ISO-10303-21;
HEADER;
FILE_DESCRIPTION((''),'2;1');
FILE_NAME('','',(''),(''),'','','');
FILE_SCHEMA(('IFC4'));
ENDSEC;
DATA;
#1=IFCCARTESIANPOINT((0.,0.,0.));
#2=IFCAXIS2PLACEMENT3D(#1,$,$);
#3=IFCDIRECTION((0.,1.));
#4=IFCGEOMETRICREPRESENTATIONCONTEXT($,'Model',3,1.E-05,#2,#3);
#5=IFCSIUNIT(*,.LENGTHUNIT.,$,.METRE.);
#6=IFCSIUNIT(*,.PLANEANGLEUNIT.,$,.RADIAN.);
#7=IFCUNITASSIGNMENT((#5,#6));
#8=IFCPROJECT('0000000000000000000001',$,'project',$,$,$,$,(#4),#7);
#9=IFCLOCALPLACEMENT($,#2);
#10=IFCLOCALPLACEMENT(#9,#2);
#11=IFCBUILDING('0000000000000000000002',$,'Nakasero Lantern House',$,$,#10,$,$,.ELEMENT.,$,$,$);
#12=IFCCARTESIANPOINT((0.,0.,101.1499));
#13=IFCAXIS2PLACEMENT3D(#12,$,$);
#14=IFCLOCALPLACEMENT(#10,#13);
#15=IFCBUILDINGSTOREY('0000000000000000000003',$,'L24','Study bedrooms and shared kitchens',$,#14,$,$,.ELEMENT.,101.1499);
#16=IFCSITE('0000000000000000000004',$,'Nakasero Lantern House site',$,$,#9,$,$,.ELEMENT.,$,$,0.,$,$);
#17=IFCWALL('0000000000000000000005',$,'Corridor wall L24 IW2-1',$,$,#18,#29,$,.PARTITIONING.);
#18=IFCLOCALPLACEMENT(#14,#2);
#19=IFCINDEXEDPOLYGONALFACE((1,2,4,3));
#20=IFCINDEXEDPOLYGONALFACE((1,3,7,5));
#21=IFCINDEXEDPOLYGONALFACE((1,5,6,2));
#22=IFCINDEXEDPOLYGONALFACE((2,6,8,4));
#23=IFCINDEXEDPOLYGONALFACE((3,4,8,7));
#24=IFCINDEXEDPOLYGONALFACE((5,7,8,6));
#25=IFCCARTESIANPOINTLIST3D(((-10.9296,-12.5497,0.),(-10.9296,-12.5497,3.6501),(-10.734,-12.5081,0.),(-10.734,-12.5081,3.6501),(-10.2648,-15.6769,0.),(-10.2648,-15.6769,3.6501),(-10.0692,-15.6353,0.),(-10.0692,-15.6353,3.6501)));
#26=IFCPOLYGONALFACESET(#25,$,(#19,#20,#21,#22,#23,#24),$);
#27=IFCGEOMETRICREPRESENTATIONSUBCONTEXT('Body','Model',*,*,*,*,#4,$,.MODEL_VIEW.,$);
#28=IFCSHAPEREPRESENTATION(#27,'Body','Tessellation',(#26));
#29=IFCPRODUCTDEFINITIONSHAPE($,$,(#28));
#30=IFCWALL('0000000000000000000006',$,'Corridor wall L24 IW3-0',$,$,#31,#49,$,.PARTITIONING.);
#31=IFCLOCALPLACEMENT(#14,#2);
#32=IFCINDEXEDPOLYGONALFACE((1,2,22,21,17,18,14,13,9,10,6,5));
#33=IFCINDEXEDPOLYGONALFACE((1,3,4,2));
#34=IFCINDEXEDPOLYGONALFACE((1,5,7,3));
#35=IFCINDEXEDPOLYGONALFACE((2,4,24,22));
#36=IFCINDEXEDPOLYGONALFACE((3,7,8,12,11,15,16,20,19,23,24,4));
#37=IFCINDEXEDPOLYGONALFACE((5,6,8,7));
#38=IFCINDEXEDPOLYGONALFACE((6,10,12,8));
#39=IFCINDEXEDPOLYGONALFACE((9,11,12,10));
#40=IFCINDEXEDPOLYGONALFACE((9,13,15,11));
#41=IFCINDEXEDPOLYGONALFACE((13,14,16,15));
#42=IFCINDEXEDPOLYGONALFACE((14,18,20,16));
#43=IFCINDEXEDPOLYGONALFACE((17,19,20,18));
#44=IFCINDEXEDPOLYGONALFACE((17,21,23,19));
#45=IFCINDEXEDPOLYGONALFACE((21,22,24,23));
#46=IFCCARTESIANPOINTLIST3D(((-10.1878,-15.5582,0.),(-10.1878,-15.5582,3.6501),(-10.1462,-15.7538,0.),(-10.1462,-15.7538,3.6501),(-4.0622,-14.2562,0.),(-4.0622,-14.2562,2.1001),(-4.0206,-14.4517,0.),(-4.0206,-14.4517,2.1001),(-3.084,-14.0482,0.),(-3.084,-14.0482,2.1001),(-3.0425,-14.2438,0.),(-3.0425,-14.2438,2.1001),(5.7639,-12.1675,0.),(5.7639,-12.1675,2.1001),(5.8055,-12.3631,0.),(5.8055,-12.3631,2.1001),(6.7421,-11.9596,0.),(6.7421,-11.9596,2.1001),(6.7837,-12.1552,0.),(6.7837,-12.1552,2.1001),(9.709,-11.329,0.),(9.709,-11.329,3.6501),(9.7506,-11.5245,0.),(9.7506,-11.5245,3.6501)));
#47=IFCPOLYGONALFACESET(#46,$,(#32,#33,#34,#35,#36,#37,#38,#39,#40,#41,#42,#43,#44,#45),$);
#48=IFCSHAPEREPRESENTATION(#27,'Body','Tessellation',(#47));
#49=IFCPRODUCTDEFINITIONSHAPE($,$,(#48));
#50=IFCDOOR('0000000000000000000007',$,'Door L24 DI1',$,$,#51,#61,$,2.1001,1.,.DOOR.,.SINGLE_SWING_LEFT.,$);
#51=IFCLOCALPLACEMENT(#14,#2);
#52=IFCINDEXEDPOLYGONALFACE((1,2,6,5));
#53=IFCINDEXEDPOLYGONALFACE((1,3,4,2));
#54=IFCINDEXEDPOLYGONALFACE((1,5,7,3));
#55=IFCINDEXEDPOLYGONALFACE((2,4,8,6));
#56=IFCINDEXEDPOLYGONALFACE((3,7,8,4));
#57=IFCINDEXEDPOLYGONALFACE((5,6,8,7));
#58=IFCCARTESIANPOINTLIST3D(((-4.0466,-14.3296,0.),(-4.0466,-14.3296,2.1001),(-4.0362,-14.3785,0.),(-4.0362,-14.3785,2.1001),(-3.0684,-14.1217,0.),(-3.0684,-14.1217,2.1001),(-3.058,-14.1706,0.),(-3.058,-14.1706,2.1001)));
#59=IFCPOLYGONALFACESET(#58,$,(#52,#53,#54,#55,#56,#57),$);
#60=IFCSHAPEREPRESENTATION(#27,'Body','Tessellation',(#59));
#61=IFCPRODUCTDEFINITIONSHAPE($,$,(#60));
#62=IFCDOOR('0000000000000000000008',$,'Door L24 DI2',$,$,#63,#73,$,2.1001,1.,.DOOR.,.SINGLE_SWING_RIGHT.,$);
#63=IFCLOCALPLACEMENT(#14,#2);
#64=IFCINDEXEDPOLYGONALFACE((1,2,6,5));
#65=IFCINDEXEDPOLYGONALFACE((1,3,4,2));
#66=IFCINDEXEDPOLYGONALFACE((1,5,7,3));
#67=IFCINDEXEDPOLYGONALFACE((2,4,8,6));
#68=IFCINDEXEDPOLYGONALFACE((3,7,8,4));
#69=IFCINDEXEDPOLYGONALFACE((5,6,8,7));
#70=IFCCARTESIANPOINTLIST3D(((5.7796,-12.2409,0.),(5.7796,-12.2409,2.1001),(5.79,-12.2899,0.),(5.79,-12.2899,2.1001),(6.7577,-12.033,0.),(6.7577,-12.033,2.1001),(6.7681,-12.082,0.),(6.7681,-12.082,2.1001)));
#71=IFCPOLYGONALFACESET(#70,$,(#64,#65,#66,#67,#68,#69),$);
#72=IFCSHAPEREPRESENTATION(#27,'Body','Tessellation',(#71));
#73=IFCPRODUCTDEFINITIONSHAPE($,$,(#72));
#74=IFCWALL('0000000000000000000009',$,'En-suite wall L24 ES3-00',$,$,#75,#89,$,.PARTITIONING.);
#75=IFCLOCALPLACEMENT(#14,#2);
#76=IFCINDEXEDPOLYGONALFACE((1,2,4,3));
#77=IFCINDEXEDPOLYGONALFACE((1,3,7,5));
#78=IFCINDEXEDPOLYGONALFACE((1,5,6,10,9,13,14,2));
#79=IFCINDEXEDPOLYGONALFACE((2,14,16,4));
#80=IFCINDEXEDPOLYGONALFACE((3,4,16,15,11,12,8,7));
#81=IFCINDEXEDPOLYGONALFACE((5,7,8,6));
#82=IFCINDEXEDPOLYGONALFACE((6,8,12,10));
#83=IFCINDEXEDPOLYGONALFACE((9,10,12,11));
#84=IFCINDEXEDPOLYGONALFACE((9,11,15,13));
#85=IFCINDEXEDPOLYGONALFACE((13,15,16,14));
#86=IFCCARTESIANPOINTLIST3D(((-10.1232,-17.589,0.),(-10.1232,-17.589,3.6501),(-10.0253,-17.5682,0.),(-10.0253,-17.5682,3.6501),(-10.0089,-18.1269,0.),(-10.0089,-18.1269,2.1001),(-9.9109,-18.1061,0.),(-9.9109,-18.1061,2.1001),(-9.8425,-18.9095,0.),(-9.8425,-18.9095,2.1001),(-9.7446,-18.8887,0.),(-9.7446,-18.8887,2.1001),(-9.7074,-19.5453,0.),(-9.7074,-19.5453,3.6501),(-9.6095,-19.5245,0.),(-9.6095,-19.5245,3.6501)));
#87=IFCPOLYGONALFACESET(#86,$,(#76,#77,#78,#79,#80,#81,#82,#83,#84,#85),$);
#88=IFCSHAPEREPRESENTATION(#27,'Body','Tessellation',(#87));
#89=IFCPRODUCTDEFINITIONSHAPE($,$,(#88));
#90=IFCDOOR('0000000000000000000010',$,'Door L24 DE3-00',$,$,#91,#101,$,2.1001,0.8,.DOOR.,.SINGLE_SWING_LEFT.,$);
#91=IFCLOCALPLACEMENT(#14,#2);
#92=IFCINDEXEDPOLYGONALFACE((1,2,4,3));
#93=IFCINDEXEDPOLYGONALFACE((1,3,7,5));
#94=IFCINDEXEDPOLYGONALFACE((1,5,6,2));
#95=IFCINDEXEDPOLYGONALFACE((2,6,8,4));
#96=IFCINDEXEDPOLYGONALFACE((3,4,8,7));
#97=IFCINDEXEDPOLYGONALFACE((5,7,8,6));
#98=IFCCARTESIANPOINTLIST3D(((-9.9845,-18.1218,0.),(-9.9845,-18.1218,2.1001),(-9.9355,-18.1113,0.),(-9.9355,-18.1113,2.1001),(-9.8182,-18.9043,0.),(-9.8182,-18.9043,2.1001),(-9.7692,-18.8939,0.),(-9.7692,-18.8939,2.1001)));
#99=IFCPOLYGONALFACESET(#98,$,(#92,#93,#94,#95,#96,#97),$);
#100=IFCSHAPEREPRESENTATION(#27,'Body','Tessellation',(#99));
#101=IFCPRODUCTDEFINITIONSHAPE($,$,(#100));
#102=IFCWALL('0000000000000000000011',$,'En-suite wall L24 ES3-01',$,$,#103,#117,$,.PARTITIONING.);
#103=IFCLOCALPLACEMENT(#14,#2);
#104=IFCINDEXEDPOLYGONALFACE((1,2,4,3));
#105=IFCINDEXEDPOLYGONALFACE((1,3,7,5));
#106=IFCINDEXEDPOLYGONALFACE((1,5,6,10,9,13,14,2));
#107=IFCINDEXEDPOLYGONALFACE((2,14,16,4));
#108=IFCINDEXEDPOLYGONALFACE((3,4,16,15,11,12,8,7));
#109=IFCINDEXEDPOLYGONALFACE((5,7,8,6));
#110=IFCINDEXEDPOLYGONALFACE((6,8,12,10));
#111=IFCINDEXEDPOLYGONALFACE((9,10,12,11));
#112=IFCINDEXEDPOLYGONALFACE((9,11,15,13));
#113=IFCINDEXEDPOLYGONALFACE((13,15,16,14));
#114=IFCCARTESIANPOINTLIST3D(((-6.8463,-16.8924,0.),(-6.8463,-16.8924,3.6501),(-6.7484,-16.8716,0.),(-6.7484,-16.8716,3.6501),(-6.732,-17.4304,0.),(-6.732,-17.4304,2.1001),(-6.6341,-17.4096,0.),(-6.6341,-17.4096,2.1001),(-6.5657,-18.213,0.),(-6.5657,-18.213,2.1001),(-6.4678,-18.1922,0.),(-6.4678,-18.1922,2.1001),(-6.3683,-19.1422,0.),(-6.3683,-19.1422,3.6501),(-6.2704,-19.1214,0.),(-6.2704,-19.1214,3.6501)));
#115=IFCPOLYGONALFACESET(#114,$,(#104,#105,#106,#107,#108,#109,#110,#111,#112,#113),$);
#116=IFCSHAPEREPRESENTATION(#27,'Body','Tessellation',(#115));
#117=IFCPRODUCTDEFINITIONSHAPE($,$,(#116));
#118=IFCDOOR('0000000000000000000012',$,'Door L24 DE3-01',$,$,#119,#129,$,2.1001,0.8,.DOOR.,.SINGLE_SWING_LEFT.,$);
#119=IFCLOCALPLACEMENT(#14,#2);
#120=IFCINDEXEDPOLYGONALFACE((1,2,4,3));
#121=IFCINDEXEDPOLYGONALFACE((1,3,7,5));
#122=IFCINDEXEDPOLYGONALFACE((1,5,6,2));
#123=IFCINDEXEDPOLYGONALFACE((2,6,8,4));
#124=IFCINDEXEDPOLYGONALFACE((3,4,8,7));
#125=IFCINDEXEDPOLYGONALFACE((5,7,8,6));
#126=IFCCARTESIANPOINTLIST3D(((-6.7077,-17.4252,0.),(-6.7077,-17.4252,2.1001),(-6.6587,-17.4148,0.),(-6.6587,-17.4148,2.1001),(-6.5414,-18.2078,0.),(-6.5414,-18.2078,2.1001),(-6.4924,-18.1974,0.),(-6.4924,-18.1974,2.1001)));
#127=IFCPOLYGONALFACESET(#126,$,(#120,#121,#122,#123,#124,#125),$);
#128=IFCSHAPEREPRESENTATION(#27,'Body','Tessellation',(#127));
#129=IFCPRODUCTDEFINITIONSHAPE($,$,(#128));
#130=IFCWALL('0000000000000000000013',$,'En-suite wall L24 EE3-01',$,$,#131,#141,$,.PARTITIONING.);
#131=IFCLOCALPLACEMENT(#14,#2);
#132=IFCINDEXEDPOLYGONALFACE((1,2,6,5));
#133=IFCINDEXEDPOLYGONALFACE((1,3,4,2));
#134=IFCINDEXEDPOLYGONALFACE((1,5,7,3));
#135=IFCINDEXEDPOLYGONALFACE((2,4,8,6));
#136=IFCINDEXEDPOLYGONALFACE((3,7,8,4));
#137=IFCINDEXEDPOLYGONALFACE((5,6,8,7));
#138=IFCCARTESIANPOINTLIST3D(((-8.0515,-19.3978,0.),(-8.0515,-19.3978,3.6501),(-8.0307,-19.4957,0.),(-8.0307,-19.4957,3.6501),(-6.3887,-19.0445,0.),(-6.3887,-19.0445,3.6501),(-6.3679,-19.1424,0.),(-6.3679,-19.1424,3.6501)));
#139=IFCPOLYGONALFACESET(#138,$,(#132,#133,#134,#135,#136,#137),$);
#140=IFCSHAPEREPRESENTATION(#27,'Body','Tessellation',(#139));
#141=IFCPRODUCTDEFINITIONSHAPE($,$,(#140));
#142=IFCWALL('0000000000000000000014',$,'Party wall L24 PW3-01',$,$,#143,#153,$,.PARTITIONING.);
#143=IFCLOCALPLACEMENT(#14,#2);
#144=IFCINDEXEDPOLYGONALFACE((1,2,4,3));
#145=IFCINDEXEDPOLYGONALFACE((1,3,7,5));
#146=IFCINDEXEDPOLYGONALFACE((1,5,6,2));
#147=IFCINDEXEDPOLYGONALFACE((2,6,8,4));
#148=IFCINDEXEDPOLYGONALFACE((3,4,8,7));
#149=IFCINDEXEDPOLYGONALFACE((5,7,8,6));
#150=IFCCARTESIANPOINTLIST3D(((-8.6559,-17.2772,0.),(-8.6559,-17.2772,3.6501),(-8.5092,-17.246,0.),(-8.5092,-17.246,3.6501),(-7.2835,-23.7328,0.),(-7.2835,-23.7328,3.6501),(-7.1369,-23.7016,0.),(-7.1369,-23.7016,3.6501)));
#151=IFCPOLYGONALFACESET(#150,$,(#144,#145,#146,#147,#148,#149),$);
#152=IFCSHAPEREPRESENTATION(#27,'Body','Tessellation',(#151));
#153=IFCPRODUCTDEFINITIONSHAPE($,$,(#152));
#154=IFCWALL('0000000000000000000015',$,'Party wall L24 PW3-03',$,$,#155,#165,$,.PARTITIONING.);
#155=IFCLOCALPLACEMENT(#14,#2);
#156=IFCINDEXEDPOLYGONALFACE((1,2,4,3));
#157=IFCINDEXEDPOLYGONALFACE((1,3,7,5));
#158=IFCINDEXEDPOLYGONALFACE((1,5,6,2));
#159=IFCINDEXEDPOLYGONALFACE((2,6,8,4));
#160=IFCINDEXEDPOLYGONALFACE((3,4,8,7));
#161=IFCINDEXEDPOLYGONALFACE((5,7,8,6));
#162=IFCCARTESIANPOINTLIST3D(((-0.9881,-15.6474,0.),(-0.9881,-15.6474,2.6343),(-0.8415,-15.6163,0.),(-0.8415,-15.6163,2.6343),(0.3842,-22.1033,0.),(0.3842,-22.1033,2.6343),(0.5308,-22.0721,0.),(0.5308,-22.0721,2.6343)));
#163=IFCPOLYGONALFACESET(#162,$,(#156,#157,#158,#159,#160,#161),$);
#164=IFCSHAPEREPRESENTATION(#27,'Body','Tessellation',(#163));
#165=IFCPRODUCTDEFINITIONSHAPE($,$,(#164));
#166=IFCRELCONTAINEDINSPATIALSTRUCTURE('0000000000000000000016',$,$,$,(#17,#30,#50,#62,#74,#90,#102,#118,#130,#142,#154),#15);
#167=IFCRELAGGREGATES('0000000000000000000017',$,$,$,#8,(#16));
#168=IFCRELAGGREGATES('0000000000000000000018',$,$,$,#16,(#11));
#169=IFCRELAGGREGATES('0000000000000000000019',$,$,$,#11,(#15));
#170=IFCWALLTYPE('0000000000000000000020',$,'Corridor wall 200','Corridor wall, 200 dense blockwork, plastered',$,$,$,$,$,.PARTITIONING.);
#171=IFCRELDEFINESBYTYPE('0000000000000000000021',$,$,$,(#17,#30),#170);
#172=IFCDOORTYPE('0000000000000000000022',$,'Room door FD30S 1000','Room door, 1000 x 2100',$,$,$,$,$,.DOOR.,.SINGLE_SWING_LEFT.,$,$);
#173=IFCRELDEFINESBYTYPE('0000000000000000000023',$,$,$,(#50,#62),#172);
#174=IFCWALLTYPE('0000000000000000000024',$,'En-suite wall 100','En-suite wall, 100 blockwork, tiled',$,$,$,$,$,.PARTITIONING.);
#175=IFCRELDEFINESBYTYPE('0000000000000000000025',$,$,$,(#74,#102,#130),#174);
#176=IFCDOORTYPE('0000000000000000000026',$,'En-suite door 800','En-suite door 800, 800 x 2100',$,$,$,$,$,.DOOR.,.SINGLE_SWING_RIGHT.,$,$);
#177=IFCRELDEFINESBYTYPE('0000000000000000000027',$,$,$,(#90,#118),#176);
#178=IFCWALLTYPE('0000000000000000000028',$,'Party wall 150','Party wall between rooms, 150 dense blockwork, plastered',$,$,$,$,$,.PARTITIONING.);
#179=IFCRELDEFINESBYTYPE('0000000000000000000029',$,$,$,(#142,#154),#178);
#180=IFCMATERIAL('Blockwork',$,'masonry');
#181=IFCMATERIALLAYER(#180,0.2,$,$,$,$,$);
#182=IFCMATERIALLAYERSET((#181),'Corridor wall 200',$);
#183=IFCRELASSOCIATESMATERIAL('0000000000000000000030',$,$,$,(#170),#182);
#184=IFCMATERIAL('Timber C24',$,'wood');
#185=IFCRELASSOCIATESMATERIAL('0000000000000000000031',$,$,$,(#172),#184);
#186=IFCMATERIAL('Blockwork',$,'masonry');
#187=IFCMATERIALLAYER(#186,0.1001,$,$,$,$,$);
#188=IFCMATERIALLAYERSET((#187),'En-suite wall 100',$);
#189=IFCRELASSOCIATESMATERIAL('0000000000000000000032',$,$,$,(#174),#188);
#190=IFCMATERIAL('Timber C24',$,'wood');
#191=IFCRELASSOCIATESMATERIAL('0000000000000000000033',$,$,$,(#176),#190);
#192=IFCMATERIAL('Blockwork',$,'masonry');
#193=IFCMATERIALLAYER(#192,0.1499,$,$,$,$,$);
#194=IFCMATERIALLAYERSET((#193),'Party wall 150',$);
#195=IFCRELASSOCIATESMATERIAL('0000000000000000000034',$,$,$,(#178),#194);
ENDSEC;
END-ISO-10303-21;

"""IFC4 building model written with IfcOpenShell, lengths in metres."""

from ifc_helpers import new_model, si_unit, direction, frame, frame_2d, origin, place, context, subcontext, project, spatial, rectangle, extrude, material, layer, layer_set, type_object, element, fill, save


model = new_model("IFC4")

# Units and contexts
model_context = context("Model", 3, precision=1e-05, world=origin(), true_north=direction((0.0, 1.0)))
body_context = subcontext(model_context, "Body", "Model", "MODEL_VIEW")
ifc_project = project(units=[si_unit("LENGTHUNIT", "METRE"), si_unit("PLANEANGLEUNIT", "RADIAN")], contexts=[model_context])

# Site, building, storey
site_placement = place(None, origin())
site = spatial("IfcSite", under=ifc_project, at=site_placement, Name="Nakasero Lantern House site", CompositionType="ELEMENT", RefElevation=0.0)
building_placement = place(site_placement, origin())
building = spatial("IfcBuilding", under=site, at=building_placement, Name="Nakasero Lantern House", CompositionType="ELEMENT")
storey_placement = place(building_placement, frame((0.0, 0.0, 101.1499)))
storey = spatial("IfcBuildingStorey", under=building, at=storey_placement, Name="L24", Description="Study bedrooms and shared kitchens", CompositionType="ELEMENT", Elevation=101.1499)

# Wall
ifc_material_1 = material(Name="Blockwork", Category="masonry")
ifc_layer_1 = layer(ifc_material_1, 0.2)
ifc_layer_set_1 = layer_set([ifc_layer_1], Name="Corridor wall 200")
wall_type_1 = type_object("IfcWallType", Name="Corridor wall 200", Description="Corridor wall, 200 dense blockwork, plastered", PredefinedType="PARTITIONING", material=ifc_layer_set_1)
wall_1_placement = place(storey_placement, frame((-10.8318, -12.5288, 0.0), z_axis=(0.0, 0.0, 1.0), x_axis=(0.207938, -0.978142, 0.0)))
element("IfcWall", 1, at=wall_1_placement, inside=storey, type_object=wall_type_1, Name="Corridor wall L24 IW2-1", PredefinedType="PARTITIONING", context=body_context, shape_type="SweptSolid", body=[
    extrude(rectangle(XDim=3.197, YDim=0.2, at=frame_2d((1.5986, 0.0))), origin(), (0.0, 0.0, 1.0), 3.6501),
])

# Wall, openings, doors
wall_2_placement = place(storey_placement, frame((-10.167, -15.656, 0.0), z_axis=(0.0, 0.0, 1.0), x_axis=(0.978147, 0.207915, 0.0)))
wall_2 = element("IfcWall", 2, at=wall_2_placement, inside=storey, type_object=wall_type_1, Name="Corridor wall L24 IW3-0", PredefinedType="PARTITIONING", context=body_context, shape_type="SweptSolid", body=[
    extrude(rectangle(XDim=20.3413, YDim=0.2, at=frame_2d((10.1707, 0.0))), origin(), (0.0, 0.0, 1.0), 3.6501),
])
opening_1_placement = place(wall_2_placement, frame((6.2625, 0.0, 0.0)))
opening_1 = element("IfcOpeningElement", 3, at=opening_1_placement, cuts=wall_2, PredefinedType="OPENING", context=body_context, shape_type="SweptSolid", body=[
    extrude(rectangle(XDim=1.0, YDim=2.1001, at=frame_2d((0.5, 1.05))), frame((0.0, 0.1199, 0.0), z_axis=(0.0, -1.0, 0.0), x_axis=(1.0, 0.0, 0.0)), (0.0, 0.0, 1.0), 0.24),
])
opening_2_placement = place(wall_2_placement, frame((16.3081, 0.0, 0.0)))
opening_2 = element("IfcOpeningElement", 4, at=opening_2_placement, cuts=wall_2, PredefinedType="OPENING", context=body_context, shape_type="SweptSolid", body=[
    extrude(rectangle(XDim=1.0, YDim=2.1001, at=frame_2d((0.5, 1.05))), frame((0.0, 0.1199, 0.0), z_axis=(0.0, -1.0, 0.0), x_axis=(1.0, 0.0, 0.0)), (0.0, 0.0, 1.0), 0.24),
])
ifc_material_2 = material(Name="Timber C24", Category="wood")
door_type_1 = type_object("IfcDoorType", Name="Room door FD30S 1000", Description="Room door, 1000 x 2100", OperationType="SINGLE_SWING_LEFT", PredefinedType="DOOR", material=ifc_material_2)
door_1_placement = place(opening_1_placement, origin())
door_1 = element("IfcDoor", 5, at=door_1_placement, inside=storey, type_object=door_type_1, Name="Door L24 DI1", OperationType="SINGLE_SWING_LEFT", OverallHeight=2.1001, OverallWidth=1.0, PredefinedType="DOOR", context=body_context, shape_type="SweptSolid", body=[
    extrude(rectangle(XDim=1.0, YDim=2.1001, at=frame_2d((0.5, 1.05))), frame((0.0, 0.0249, 0.0), z_axis=(0.0, -1.0, 0.0), x_axis=(1.0, 0.0, 0.0)), (0.0, 0.0, 1.0), 0.05),
])
fill(opening_1, door_1)
door_2_placement = place(opening_2_placement, origin())
door_2 = element("IfcDoor", 6, at=door_2_placement, inside=storey, type_object=door_type_1, Name="Door L24 DI2", OperationType="SINGLE_SWING_RIGHT", OverallHeight=2.1001, OverallWidth=1.0, PredefinedType="DOOR", context=body_context, shape_type="SweptSolid", body=[
    extrude(rectangle(XDim=1.0, YDim=2.1001, at=frame_2d((0.5, 1.05))), frame((0.0, 0.0249, 0.0), z_axis=(0.0, -1.0, 0.0), x_axis=(1.0, 0.0, 0.0)), (0.0, 0.0, 1.0), 0.05),
])
fill(opening_2, door_2)

# Walls, openings, doors
ifc_material_3 = material(Name="Blockwork", Category="masonry")
ifc_layer_2 = layer(ifc_material_3, 0.1001)
ifc_layer_set_2 = layer_set([ifc_layer_2], Name="En-suite wall 100")
wall_type_2 = type_object("IfcWallType", Name="En-suite wall 100", Description="En-suite wall, 100 blockwork, tiled", PredefinedType="PARTITIONING", material=ifc_layer_set_2)
wall_3_placement = place(storey_placement, frame((-10.0742, -17.5786, 0.0), z_axis=(0.0, 0.0, 1.0), x_axis=(0.207886, -0.978153, 0.0)))
wall_3 = element("IfcWall", 7, at=wall_3_placement, inside=storey, type_object=wall_type_2, Name="En-suite wall L24 ES3-00", PredefinedType="PARTITIONING", context=body_context, shape_type="SweptSolid", body=[
    extrude(rectangle(XDim=2.0, YDim=0.1001, at=frame_2d((1.0, 0.0))), origin(), (0.0, 0.0, 1.0), 3.6501),
])
opening_3_placement = place(wall_3_placement, frame((0.55, 0.0, 0.0)))
opening_3 = element("IfcOpeningElement", 8, at=opening_3_placement, cuts=wall_3, PredefinedType="OPENING", context=body_context, shape_type="SweptSolid", body=[
    extrude(rectangle(XDim=0.8, YDim=2.1001, at=frame_2d((0.3999, 1.05))), frame((0.0, 0.0701, 0.0), z_axis=(0.0, -1.0, 0.0), x_axis=(1.0, 0.0, 0.0)), (0.0, 0.0, 1.0), 0.1401),
])
ifc_material_4 = material(Name="Timber C24", Category="wood")
door_type_2 = type_object("IfcDoorType", Name="En-suite door 800", Description="En-suite door 800, 800 x 2100", OperationType="SINGLE_SWING_RIGHT", PredefinedType="DOOR", material=ifc_material_4)
door_3_placement = place(opening_3_placement, origin())
door_3 = element("IfcDoor", 9, at=door_3_placement, inside=storey, type_object=door_type_2, Name="Door L24 DE3-00", OperationType="SINGLE_SWING_LEFT", OverallHeight=2.1001, OverallWidth=0.8, PredefinedType="DOOR", context=body_context, shape_type="SweptSolid", body=[
    extrude(rectangle(XDim=0.8, YDim=2.1001, at=frame_2d((0.3999, 1.05))), frame((0.0, 0.0249, 0.0), z_axis=(0.0, -1.0, 0.0), x_axis=(1.0, 0.0, 0.0)), (0.0, 0.0, 1.0), 0.05),
])
fill(opening_3, door_3)
wall_4_placement = place(storey_placement, frame((-6.7974, -16.8821, 0.0), z_axis=(0.0, 0.0, 1.0), x_axis=(0.20784, -0.978163, 0.0)))
wall_4 = element("IfcWall", 10, at=wall_4_placement, inside=storey, type_object=wall_type_2, Name="En-suite wall L24 ES3-01", PredefinedType="PARTITIONING", context=body_context, shape_type="SweptSolid", body=[
    extrude(rectangle(XDim=2.3, YDim=0.1001, at=frame_2d((1.1499, 0.0))), origin(), (0.0, 0.0, 1.0), 3.6501),
])
opening_4_placement = place(wall_4_placement, frame((0.55, 0.0, 0.0)))
opening_4 = element("IfcOpeningElement", 11, at=opening_4_placement, cuts=wall_4, PredefinedType="OPENING", context=body_context, shape_type="SweptSolid", body=[
    extrude(rectangle(XDim=0.8, YDim=2.1001, at=frame_2d((0.3999, 1.05))), frame((0.0, 0.0701, 0.0), z_axis=(0.0, -1.0, 0.0), x_axis=(1.0, 0.0, 0.0)), (0.0, 0.0, 1.0), 0.1401),
])
door_4_placement = place(opening_4_placement, origin())
door_4 = element("IfcDoor", 12, at=door_4_placement, inside=storey, type_object=door_type_2, Name="Door L24 DE3-01", OperationType="SINGLE_SWING_LEFT", OverallHeight=2.1001, OverallWidth=0.8, PredefinedType="DOOR", context=body_context, shape_type="SweptSolid", body=[
    extrude(rectangle(XDim=0.8, YDim=2.1001, at=frame_2d((0.3999, 1.05))), frame((0.0, 0.0249, 0.0), z_axis=(0.0, -1.0, 0.0), x_axis=(1.0, 0.0, 0.0)), (0.0, 0.0, 1.0), 0.05),
])
fill(opening_4, door_4)

# Walls
wall_5_placement = place(storey_placement, frame((-8.0413, -19.4468, 0.0), z_axis=(0.0, 0.0, 1.0), x_axis=(0.978169, 0.207812, 0.0)))
element("IfcWall", 13, at=wall_5_placement, inside=storey, type_object=wall_type_2, Name="En-suite wall L24 EE3-01", PredefinedType="PARTITIONING", context=body_context, shape_type="SweptSolid", body=[
    extrude(rectangle(XDim=1.7, YDim=0.1001, at=frame_2d((0.8501, 0.0))), origin(), (0.0, 0.0, 1.0), 3.6501),
])
ifc_material_5 = material(Name="Blockwork", Category="masonry")
ifc_layer_3 = layer(ifc_material_5, 0.1499)
ifc_layer_set_3 = layer_set([ifc_layer_3], Name="Party wall 150")
wall_type_3 = type_object("IfcWallType", Name="Party wall 150", Description="Party wall between rooms, 150 dense blockwork, plastered", PredefinedType="PARTITIONING", material=ifc_layer_set_3)
wall_6_placement = place(storey_placement, frame((-8.5825, -17.2617, 0.0), z_axis=(0.0, 0.0, 1.0), x_axis=(0.207932, -0.978143, 0.0)))
element("IfcWall", 14, at=wall_6_placement, inside=storey, type_object=wall_type_3, Name="Party wall L24 PW3-01", PredefinedType="PARTITIONING", context=body_context, shape_type="SweptSolid", body=[
    extrude(rectangle(XDim=6.5999, YDim=0.1499, at=frame_2d((3.2998, 0.0))), origin(), (0.0, 0.0, 1.0), 3.6501),
])
wall_7_placement = place(storey_placement, frame((-0.9148, -15.6318, 0.0), z_axis=(0.0, 0.0, 1.0), x_axis=(0.207925, -0.978145, 0.0)))
element("IfcWall", 15, at=wall_7_placement, inside=storey, type_object=wall_type_3, Name="Party wall L24 PW3-03", PredefinedType="PARTITIONING", context=body_context, shape_type="SweptSolid", body=[
    extrude(rectangle(XDim=6.6001, YDim=0.1499, at=frame_2d((3.3, 0.0))), origin(), (0.0, 0.0, 1.0), 2.6343),
])

save(model, "model.ifc")
